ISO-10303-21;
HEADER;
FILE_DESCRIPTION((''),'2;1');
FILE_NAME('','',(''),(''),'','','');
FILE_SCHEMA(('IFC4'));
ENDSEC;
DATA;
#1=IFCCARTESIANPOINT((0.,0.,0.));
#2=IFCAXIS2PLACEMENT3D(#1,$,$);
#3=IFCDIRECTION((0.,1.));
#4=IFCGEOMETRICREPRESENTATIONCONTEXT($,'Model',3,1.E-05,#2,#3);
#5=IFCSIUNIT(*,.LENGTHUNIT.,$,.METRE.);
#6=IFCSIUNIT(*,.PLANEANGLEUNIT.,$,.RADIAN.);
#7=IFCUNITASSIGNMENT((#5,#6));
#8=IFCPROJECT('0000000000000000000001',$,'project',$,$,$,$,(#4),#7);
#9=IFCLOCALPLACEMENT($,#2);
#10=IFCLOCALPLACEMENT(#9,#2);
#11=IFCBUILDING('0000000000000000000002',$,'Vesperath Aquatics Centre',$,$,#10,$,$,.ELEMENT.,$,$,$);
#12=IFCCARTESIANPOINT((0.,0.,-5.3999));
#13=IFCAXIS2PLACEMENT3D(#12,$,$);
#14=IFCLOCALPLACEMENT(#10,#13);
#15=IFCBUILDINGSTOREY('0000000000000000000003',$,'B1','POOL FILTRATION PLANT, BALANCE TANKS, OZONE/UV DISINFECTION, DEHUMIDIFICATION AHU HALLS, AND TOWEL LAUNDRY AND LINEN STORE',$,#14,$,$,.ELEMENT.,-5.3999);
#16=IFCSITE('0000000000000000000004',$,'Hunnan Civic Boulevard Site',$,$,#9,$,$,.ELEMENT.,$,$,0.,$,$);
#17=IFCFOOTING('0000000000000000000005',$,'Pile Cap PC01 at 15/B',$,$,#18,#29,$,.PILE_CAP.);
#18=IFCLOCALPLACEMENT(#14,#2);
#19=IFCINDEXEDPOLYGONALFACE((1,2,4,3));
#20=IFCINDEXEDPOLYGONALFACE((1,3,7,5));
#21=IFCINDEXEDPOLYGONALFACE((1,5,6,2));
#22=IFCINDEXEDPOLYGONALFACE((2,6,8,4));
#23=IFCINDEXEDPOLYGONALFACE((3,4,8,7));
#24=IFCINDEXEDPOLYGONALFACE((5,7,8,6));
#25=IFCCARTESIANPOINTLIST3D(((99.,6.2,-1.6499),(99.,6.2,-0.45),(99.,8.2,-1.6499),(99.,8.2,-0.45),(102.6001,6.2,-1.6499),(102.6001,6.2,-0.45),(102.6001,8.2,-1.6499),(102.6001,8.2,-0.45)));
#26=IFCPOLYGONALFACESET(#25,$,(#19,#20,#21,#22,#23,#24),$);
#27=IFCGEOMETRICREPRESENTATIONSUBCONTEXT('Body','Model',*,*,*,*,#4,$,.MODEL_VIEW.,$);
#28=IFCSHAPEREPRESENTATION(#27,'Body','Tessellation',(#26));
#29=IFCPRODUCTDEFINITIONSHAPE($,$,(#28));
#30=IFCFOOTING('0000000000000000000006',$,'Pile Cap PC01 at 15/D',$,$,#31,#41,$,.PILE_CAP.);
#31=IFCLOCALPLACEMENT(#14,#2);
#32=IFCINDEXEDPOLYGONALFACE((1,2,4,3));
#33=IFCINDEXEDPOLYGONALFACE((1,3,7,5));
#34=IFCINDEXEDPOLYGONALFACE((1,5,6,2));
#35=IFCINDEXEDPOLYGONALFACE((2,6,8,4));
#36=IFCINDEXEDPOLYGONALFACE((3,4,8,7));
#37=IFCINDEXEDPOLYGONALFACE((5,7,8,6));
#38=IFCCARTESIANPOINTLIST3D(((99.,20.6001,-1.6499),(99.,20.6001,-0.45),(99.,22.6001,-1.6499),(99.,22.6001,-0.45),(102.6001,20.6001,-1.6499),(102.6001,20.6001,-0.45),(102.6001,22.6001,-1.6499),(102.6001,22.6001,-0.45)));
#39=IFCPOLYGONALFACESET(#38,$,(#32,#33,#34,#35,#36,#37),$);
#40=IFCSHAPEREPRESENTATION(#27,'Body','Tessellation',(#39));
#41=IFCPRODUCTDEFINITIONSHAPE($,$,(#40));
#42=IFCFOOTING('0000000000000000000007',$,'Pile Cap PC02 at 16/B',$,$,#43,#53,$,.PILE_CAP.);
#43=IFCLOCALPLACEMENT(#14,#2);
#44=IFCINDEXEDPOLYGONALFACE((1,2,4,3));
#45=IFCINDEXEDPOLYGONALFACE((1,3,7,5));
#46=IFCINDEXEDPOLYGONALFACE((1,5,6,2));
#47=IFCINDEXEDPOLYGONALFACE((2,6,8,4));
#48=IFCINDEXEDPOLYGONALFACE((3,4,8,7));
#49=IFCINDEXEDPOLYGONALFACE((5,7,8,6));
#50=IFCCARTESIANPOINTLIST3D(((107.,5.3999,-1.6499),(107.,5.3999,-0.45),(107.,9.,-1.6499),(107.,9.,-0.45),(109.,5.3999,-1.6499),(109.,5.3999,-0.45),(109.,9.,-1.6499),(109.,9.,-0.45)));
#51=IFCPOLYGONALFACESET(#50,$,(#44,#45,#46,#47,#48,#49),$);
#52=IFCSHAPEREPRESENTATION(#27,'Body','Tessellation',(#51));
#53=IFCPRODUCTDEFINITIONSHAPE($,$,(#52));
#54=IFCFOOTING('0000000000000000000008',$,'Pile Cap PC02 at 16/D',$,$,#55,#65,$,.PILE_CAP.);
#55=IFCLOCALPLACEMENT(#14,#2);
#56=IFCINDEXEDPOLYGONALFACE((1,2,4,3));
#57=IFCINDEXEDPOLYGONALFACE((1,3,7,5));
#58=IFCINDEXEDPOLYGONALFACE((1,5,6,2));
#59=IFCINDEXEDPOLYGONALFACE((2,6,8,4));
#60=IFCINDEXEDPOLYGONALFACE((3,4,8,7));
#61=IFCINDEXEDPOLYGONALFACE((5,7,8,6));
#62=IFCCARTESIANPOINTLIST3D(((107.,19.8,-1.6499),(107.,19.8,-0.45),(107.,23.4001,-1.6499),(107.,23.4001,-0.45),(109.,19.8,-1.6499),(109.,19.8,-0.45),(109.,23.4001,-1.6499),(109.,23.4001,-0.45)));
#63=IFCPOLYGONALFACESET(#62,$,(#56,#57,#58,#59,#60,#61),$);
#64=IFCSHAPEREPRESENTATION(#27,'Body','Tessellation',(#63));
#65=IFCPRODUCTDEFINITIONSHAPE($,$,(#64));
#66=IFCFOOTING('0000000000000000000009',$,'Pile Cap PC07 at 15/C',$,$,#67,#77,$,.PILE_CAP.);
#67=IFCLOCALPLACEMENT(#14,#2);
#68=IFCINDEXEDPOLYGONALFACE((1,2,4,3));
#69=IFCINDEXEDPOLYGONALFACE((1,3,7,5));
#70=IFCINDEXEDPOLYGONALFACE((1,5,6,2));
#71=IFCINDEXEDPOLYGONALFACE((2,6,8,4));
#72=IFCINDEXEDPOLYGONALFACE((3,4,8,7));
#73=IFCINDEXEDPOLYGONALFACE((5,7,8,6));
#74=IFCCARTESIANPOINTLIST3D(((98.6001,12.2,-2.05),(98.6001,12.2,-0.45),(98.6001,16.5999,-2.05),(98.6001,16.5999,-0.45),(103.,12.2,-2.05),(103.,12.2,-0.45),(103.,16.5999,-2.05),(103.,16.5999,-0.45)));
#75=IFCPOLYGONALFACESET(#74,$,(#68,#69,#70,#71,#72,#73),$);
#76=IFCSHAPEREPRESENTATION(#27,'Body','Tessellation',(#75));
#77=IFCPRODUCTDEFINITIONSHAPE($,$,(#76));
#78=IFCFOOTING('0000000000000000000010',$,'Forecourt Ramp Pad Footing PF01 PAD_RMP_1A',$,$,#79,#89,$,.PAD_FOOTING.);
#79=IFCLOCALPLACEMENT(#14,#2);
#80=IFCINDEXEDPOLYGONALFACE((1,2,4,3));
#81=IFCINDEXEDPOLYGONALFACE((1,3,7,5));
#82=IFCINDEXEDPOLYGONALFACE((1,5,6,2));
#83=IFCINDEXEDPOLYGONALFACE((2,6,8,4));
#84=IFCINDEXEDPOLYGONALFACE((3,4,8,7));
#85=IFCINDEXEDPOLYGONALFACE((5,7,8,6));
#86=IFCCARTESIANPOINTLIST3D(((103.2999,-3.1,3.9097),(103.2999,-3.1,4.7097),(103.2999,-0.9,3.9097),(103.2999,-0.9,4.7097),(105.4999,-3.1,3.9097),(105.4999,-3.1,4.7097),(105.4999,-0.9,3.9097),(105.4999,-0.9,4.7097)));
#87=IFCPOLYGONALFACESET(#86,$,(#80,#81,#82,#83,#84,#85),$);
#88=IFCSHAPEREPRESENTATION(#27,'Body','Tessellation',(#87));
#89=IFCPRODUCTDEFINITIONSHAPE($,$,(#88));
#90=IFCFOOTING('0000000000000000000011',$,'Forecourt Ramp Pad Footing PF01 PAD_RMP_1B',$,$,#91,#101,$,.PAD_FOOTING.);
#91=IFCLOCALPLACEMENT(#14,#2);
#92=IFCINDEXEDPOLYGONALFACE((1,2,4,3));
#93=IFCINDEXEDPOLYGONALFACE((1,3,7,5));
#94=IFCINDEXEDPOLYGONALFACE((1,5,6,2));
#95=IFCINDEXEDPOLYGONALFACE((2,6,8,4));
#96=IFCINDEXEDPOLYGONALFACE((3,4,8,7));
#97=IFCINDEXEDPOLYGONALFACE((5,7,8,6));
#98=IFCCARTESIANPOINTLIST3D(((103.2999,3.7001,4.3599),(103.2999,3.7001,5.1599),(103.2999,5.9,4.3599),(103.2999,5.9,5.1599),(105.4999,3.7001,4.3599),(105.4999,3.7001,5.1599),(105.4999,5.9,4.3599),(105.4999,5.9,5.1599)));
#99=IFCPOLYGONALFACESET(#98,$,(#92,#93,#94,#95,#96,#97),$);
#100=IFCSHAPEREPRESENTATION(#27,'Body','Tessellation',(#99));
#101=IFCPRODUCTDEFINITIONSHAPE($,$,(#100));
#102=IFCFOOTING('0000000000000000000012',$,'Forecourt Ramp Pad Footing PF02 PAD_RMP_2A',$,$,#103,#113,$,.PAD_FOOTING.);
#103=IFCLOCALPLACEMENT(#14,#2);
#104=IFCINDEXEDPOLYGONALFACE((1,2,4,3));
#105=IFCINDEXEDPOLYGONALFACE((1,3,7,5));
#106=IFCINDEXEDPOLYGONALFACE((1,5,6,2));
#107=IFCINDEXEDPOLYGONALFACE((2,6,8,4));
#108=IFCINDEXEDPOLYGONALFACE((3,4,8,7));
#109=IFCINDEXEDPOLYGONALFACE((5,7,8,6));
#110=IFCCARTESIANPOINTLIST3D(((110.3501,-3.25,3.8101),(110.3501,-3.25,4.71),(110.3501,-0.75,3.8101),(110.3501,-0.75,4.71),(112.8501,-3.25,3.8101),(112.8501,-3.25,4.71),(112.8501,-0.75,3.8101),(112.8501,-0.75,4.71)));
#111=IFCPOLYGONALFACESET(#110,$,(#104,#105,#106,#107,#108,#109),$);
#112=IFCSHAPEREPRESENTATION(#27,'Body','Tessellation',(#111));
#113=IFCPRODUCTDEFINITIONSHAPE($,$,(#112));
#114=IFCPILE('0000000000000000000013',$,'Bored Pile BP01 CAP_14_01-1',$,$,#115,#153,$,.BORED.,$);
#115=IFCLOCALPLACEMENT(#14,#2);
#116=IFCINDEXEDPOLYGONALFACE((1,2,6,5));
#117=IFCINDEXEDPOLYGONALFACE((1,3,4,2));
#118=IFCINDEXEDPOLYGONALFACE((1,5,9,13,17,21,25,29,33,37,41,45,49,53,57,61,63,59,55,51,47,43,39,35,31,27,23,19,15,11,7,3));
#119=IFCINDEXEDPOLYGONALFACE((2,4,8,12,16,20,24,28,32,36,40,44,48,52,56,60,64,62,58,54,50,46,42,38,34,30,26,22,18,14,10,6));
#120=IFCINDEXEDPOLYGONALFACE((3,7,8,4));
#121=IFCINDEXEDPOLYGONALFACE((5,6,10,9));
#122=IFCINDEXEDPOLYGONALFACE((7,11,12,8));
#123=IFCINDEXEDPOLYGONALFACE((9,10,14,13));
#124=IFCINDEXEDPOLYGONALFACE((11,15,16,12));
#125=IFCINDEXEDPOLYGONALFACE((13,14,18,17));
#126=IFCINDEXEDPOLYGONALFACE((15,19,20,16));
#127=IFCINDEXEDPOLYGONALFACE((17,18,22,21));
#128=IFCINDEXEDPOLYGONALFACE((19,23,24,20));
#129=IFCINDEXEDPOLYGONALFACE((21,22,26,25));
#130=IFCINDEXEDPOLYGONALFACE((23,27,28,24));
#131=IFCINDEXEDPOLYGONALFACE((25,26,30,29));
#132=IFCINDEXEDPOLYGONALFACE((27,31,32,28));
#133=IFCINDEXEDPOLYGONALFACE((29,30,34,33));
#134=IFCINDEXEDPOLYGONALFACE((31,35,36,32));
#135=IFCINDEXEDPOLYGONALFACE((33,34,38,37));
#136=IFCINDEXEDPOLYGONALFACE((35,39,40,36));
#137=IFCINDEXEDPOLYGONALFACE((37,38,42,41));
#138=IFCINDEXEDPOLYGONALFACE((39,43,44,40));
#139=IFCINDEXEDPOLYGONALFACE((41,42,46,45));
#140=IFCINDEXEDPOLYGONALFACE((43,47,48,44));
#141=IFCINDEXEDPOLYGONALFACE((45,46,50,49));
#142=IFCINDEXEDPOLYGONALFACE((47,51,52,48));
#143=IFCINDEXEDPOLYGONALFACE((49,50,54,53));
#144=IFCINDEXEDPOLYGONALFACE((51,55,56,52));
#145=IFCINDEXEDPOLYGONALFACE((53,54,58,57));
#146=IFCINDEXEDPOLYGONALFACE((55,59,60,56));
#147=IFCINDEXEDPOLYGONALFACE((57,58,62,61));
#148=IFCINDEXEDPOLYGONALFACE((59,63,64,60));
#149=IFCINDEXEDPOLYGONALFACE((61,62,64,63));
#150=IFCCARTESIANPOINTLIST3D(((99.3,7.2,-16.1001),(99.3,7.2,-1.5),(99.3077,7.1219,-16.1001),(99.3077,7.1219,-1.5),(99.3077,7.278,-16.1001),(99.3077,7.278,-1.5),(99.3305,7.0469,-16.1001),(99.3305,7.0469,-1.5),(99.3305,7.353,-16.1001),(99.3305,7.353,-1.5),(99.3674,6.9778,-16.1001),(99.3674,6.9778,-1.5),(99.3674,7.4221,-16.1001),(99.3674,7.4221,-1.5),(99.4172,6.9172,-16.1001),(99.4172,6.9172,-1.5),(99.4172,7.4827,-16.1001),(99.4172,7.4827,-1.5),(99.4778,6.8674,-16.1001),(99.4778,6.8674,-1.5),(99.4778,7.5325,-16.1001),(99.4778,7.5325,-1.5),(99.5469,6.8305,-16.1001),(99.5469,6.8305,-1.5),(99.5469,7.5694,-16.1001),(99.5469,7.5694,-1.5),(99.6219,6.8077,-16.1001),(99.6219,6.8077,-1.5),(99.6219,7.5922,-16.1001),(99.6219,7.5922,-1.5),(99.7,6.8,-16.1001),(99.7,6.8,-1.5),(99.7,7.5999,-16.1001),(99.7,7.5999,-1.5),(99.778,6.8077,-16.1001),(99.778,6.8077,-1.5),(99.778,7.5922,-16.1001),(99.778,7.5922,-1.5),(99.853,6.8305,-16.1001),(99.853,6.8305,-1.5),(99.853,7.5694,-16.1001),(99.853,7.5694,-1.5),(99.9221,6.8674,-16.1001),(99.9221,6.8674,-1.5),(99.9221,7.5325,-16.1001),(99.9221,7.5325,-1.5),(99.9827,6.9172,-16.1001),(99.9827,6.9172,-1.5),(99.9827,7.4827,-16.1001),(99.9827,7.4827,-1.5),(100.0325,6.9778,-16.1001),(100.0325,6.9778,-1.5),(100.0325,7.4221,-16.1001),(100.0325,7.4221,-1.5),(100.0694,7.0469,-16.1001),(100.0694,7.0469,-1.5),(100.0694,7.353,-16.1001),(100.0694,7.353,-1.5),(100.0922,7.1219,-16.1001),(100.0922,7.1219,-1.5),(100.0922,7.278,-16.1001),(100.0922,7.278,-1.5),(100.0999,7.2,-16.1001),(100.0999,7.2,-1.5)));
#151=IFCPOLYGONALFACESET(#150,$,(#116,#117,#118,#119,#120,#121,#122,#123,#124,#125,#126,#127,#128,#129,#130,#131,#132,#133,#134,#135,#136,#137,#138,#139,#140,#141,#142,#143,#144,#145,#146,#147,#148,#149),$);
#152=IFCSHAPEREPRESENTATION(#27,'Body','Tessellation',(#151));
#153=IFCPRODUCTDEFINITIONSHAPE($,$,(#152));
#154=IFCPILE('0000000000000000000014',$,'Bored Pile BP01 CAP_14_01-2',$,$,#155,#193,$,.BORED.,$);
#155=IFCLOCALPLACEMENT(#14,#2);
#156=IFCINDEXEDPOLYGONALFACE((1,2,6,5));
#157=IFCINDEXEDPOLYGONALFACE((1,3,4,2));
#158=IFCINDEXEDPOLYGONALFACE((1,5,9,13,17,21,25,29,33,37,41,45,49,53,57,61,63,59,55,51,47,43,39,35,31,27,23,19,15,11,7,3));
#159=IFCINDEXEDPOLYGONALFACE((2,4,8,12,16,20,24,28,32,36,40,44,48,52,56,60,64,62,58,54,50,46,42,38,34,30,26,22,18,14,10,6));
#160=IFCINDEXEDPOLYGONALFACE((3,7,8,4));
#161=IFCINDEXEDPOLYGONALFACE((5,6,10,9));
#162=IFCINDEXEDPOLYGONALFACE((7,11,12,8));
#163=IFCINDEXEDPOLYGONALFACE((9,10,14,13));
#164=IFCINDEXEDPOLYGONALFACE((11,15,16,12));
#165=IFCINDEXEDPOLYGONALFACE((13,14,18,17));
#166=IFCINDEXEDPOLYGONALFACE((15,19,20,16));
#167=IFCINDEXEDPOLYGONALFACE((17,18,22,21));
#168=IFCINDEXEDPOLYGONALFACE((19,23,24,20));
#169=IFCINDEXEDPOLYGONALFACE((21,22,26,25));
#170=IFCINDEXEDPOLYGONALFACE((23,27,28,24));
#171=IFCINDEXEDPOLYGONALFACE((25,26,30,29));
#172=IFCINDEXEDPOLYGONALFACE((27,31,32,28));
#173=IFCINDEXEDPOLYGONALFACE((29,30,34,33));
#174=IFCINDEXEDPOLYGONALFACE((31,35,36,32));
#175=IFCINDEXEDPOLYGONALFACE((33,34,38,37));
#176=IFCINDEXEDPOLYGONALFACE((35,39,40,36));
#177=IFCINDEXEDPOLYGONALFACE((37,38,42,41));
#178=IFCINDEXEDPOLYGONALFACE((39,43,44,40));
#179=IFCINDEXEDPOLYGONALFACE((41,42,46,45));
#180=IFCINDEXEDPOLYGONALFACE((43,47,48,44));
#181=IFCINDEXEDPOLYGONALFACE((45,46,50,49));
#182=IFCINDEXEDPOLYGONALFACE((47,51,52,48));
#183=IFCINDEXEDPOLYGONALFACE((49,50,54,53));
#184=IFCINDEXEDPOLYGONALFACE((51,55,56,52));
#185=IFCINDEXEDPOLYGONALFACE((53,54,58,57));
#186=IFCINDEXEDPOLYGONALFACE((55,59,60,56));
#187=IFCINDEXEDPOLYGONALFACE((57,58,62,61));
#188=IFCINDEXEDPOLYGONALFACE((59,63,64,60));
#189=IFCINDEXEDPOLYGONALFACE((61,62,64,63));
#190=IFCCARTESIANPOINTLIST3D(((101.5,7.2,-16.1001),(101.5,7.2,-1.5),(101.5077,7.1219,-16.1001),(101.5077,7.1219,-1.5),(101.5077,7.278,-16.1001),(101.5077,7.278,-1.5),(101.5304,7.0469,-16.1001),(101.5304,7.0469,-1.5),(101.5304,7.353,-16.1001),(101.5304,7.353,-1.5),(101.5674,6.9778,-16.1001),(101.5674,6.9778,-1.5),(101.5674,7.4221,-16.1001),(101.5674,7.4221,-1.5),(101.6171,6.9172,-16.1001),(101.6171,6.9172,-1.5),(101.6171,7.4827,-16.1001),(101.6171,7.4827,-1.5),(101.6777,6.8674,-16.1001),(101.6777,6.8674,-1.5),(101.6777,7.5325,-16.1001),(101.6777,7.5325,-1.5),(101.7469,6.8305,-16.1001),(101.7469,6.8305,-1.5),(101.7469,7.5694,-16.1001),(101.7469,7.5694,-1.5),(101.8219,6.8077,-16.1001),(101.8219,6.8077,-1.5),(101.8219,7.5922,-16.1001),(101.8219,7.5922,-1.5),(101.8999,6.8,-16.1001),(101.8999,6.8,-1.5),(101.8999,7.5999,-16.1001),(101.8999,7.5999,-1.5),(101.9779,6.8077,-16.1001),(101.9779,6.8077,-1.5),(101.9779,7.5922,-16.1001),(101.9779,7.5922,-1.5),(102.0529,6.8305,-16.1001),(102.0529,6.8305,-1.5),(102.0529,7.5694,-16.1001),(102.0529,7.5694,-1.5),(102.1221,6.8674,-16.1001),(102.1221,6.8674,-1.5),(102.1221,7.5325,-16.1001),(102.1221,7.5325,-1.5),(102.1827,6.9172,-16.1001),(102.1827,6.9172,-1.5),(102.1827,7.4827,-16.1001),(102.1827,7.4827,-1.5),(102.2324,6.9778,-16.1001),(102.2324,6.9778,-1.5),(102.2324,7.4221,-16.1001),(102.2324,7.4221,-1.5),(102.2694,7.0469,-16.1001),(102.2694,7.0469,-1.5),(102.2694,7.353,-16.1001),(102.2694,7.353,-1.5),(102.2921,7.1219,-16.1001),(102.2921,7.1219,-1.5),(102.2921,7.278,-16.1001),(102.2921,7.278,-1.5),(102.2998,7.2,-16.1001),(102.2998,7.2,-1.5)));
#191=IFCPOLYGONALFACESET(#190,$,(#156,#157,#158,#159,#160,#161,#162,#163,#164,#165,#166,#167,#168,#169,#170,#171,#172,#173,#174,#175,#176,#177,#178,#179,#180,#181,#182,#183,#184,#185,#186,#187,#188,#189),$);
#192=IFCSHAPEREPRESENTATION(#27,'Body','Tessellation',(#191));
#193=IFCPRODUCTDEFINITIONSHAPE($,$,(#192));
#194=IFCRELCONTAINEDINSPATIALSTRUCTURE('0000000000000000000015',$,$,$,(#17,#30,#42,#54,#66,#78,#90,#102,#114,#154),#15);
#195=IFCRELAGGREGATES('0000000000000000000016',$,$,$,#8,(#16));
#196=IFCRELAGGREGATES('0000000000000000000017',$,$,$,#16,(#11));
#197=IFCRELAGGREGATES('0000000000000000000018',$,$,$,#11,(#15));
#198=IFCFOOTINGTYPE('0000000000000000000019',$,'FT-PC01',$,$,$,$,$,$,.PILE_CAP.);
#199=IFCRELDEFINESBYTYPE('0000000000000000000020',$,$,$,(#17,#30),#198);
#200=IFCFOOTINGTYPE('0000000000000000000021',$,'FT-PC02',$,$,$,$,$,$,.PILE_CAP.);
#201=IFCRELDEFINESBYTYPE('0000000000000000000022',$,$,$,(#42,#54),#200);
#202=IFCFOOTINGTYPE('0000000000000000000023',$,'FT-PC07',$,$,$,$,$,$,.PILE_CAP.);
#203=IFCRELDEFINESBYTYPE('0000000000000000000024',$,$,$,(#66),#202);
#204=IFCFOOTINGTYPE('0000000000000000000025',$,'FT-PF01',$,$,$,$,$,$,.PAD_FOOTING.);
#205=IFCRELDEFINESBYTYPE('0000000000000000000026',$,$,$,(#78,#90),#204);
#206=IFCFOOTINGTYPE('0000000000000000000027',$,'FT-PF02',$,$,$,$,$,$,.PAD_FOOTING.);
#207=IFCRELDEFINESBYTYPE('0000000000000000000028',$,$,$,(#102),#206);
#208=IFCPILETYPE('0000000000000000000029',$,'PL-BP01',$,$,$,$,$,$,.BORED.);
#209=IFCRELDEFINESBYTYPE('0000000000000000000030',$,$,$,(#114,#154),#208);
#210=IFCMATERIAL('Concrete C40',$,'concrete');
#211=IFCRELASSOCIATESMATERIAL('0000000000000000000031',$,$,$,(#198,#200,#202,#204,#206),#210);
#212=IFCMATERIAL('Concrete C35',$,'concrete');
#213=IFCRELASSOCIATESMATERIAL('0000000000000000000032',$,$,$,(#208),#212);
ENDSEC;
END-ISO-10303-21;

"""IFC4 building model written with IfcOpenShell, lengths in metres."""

from ifc_helpers import new_model, si_unit, direction, frame, origin, origin_2d, place, context, subcontext, project, spatial, rectangle, circle, extrude, material, material_profile, profile_set, type_object, element, save


model = new_model("IFC4")

# Units and contexts
model_context = context("Model", 3, precision=1e-05, world=origin(), true_north=direction((0.0, 1.0)))
body_context = subcontext(model_context, "Body", "Model", "MODEL_VIEW")
ifc_project = project(units=[si_unit("LENGTHUNIT", "METRE"), si_unit("PLANEANGLEUNIT", "RADIAN")], contexts=[model_context])

# Site, building, storey
site_placement = place(None, origin())
site = spatial("IfcSite", under=ifc_project, at=site_placement, Name="Hunnan Civic Boulevard Site", CompositionType="ELEMENT", RefElevation=0.0)
building_placement = place(site_placement, origin())
building = spatial("IfcBuilding", under=site, at=building_placement, Name="Vesperath Aquatics Centre", CompositionType="ELEMENT")
storey_placement = place(building_placement, frame((0.0, 0.0, -5.3999)))
storey = spatial("IfcBuildingStorey", under=building, at=storey_placement, Name="B1", Description="POOL FILTRATION PLANT, BALANCE TANKS, OZONE/UV DISINFECTION, DEHUMIDIFICATION AHU HALLS, AND TOWEL LAUNDRY AND LINEN STORE", CompositionType="ELEMENT", Elevation=-5.3999)

# Footings
ifc_material_1 = material(Name="Concrete C40", Category="concrete")
footing_type_1 = type_object("IfcFootingType", Name="FT-PC01", PredefinedType="PILE_CAP", material=ifc_material_1)
for number, where, z_axis, x_axis, name in (
    (1, (100.8, 7.2, -1.6499), (0.0, 0.0, 1.0), (1.0, 0.0, 0.0), "Pile Cap PC01 at 15/B"),
    (2, (100.8, 21.6001, -1.6499), (0.0, 0.0, 1.0), (1.0, 0.0, 0.0), "Pile Cap PC01 at 15/D"),
):
    element("IfcFooting", number, at=place(storey_placement, frame(where, z_axis=z_axis, x_axis=x_axis)), inside=storey, type_object=footing_type_1, Name=name, PredefinedType="PILE_CAP", context=body_context, shape_type="SweptSolid", body=[
        extrude(rectangle(XDim=3.6001, YDim=2.0, at=origin_2d()), origin(), (0.0, 0.0, 1.0), 1.2),
    ])
footing_type_2 = type_object("IfcFootingType", Name="FT-PC02", PredefinedType="PILE_CAP", material=ifc_material_1)
for number, where, z_axis, x_axis, name in (
    (3, (108.0, 7.2, -1.6499), (0.0, 0.0, 1.0), (1.0, 0.0, 0.0), "Pile Cap PC02 at 16/B"),
    (4, (108.0, 21.6001, -1.6499), (0.0, 0.0, 1.0), (1.0, 0.0, 0.0), "Pile Cap PC02 at 16/D"),
):
    element("IfcFooting", number, at=place(storey_placement, frame(where, z_axis=z_axis, x_axis=x_axis)), inside=storey, type_object=footing_type_2, Name=name, PredefinedType="PILE_CAP", context=body_context, shape_type="SweptSolid", body=[
        extrude(rectangle(XDim=2.0, YDim=3.6001, at=origin_2d()), origin(), (0.0, 0.0, 1.0), 1.2),
    ])
footing_type_3 = type_object("IfcFootingType", Name="FT-PC07", PredefinedType="PILE_CAP", material=ifc_material_1)
footing_1_placement = place(storey_placement, frame((100.8, 14.3999, -2.05), z_axis=(0.0, 0.0, 1.0), x_axis=(1.0, 0.0, 0.0)))
element("IfcFooting", 5, at=footing_1_placement, inside=storey, type_object=footing_type_3, Name="Pile Cap PC07 at 15/C", PredefinedType="PILE_CAP", context=body_context, shape_type="SweptSolid", body=[
    extrude(rectangle(XDim=4.3999, YDim=4.3999, at=origin_2d()), origin(), (0.0, 0.0, 1.0), 1.6001),
])
footing_type_4 = type_object("IfcFootingType", Name="FT-PF01", PredefinedType="PAD_FOOTING", material=ifc_material_1)
for number, where, z_axis, x_axis, name in (
    (6, (104.3999, -2.0, 3.9097), (0.0, 0.0, 1.0), (1.0, 0.0, 0.0), "Forecourt Ramp Pad Footing PF01 PAD_RMP_1A"),
    (7, (104.3999, 4.8, 4.3599), (0.0, 0.0, 1.0), (1.0, 0.0, 0.0), "Forecourt Ramp Pad Footing PF01 PAD_RMP_1B"),
):
    element("IfcFooting", number, at=place(storey_placement, frame(where, z_axis=z_axis, x_axis=x_axis)), inside=storey, type_object=footing_type_4, Name=name, PredefinedType="PAD_FOOTING", context=body_context, shape_type="SweptSolid", body=[
        extrude(rectangle(XDim=2.2, YDim=2.2, at=origin_2d()), origin(), (0.0, 0.0, 1.0), 0.8),
    ])
footing_type_5 = type_object("IfcFootingType", Name="FT-PF02", PredefinedType="PAD_FOOTING", material=ifc_material_1)
footing_2_placement = place(storey_placement, frame((111.6001, -2.0, 3.8101), z_axis=(0.0, 0.0, 1.0), x_axis=(1.0, 0.0, 0.0)))
element("IfcFooting", 8, at=footing_2_placement, inside=storey, type_object=footing_type_5, Name="Forecourt Ramp Pad Footing PF02 PAD_RMP_2A", PredefinedType="PAD_FOOTING", context=body_context, shape_type="SweptSolid", body=[
    extrude(rectangle(XDim=2.5, YDim=2.5, at=origin_2d()), origin(), (0.0, 0.0, 1.0), 0.8999),
])

# Piles
ifc_material_2 = material(Name="Concrete C35", Category="concrete")
ifc_material_profile_1 = material_profile(ifc_material_2, circle(Radius=0.3999, at=origin_2d()), Name="PILE D800")
ifc_profile_set_1 = profile_set([ifc_material_profile_1], Name="Concrete C35")
pile_type_1 = type_object("IfcPileType", Name="PL-BP01", PredefinedType="BORED", material=ifc_profile_set_1)
for number, where, z_axis, x_axis, name in (
    (9, (99.7, 7.2, -1.5), (0.0, 0.0, -1.0), (1.0, 0.0, 0.0), "Bored Pile BP01 CAP_14_01-1"),
    (10, (101.8999, 7.2, -1.5), (0.0, 0.0, -1.0), (1.0, 0.0, 0.0), "Bored Pile BP01 CAP_14_01-2"),
):
    element("IfcPile", number, at=place(storey_placement, frame(where, z_axis=z_axis, x_axis=x_axis)), inside=storey, type_object=pile_type_1, Name=name, PredefinedType="BORED", context=body_context, shape_type="SweptSolid", body=[
        extrude(circle(Radius=0.3999, at=origin_2d()), origin(), (0.0, 0.0, 1.0), 14.6001),
    ])

save(model, "model.ifc")
